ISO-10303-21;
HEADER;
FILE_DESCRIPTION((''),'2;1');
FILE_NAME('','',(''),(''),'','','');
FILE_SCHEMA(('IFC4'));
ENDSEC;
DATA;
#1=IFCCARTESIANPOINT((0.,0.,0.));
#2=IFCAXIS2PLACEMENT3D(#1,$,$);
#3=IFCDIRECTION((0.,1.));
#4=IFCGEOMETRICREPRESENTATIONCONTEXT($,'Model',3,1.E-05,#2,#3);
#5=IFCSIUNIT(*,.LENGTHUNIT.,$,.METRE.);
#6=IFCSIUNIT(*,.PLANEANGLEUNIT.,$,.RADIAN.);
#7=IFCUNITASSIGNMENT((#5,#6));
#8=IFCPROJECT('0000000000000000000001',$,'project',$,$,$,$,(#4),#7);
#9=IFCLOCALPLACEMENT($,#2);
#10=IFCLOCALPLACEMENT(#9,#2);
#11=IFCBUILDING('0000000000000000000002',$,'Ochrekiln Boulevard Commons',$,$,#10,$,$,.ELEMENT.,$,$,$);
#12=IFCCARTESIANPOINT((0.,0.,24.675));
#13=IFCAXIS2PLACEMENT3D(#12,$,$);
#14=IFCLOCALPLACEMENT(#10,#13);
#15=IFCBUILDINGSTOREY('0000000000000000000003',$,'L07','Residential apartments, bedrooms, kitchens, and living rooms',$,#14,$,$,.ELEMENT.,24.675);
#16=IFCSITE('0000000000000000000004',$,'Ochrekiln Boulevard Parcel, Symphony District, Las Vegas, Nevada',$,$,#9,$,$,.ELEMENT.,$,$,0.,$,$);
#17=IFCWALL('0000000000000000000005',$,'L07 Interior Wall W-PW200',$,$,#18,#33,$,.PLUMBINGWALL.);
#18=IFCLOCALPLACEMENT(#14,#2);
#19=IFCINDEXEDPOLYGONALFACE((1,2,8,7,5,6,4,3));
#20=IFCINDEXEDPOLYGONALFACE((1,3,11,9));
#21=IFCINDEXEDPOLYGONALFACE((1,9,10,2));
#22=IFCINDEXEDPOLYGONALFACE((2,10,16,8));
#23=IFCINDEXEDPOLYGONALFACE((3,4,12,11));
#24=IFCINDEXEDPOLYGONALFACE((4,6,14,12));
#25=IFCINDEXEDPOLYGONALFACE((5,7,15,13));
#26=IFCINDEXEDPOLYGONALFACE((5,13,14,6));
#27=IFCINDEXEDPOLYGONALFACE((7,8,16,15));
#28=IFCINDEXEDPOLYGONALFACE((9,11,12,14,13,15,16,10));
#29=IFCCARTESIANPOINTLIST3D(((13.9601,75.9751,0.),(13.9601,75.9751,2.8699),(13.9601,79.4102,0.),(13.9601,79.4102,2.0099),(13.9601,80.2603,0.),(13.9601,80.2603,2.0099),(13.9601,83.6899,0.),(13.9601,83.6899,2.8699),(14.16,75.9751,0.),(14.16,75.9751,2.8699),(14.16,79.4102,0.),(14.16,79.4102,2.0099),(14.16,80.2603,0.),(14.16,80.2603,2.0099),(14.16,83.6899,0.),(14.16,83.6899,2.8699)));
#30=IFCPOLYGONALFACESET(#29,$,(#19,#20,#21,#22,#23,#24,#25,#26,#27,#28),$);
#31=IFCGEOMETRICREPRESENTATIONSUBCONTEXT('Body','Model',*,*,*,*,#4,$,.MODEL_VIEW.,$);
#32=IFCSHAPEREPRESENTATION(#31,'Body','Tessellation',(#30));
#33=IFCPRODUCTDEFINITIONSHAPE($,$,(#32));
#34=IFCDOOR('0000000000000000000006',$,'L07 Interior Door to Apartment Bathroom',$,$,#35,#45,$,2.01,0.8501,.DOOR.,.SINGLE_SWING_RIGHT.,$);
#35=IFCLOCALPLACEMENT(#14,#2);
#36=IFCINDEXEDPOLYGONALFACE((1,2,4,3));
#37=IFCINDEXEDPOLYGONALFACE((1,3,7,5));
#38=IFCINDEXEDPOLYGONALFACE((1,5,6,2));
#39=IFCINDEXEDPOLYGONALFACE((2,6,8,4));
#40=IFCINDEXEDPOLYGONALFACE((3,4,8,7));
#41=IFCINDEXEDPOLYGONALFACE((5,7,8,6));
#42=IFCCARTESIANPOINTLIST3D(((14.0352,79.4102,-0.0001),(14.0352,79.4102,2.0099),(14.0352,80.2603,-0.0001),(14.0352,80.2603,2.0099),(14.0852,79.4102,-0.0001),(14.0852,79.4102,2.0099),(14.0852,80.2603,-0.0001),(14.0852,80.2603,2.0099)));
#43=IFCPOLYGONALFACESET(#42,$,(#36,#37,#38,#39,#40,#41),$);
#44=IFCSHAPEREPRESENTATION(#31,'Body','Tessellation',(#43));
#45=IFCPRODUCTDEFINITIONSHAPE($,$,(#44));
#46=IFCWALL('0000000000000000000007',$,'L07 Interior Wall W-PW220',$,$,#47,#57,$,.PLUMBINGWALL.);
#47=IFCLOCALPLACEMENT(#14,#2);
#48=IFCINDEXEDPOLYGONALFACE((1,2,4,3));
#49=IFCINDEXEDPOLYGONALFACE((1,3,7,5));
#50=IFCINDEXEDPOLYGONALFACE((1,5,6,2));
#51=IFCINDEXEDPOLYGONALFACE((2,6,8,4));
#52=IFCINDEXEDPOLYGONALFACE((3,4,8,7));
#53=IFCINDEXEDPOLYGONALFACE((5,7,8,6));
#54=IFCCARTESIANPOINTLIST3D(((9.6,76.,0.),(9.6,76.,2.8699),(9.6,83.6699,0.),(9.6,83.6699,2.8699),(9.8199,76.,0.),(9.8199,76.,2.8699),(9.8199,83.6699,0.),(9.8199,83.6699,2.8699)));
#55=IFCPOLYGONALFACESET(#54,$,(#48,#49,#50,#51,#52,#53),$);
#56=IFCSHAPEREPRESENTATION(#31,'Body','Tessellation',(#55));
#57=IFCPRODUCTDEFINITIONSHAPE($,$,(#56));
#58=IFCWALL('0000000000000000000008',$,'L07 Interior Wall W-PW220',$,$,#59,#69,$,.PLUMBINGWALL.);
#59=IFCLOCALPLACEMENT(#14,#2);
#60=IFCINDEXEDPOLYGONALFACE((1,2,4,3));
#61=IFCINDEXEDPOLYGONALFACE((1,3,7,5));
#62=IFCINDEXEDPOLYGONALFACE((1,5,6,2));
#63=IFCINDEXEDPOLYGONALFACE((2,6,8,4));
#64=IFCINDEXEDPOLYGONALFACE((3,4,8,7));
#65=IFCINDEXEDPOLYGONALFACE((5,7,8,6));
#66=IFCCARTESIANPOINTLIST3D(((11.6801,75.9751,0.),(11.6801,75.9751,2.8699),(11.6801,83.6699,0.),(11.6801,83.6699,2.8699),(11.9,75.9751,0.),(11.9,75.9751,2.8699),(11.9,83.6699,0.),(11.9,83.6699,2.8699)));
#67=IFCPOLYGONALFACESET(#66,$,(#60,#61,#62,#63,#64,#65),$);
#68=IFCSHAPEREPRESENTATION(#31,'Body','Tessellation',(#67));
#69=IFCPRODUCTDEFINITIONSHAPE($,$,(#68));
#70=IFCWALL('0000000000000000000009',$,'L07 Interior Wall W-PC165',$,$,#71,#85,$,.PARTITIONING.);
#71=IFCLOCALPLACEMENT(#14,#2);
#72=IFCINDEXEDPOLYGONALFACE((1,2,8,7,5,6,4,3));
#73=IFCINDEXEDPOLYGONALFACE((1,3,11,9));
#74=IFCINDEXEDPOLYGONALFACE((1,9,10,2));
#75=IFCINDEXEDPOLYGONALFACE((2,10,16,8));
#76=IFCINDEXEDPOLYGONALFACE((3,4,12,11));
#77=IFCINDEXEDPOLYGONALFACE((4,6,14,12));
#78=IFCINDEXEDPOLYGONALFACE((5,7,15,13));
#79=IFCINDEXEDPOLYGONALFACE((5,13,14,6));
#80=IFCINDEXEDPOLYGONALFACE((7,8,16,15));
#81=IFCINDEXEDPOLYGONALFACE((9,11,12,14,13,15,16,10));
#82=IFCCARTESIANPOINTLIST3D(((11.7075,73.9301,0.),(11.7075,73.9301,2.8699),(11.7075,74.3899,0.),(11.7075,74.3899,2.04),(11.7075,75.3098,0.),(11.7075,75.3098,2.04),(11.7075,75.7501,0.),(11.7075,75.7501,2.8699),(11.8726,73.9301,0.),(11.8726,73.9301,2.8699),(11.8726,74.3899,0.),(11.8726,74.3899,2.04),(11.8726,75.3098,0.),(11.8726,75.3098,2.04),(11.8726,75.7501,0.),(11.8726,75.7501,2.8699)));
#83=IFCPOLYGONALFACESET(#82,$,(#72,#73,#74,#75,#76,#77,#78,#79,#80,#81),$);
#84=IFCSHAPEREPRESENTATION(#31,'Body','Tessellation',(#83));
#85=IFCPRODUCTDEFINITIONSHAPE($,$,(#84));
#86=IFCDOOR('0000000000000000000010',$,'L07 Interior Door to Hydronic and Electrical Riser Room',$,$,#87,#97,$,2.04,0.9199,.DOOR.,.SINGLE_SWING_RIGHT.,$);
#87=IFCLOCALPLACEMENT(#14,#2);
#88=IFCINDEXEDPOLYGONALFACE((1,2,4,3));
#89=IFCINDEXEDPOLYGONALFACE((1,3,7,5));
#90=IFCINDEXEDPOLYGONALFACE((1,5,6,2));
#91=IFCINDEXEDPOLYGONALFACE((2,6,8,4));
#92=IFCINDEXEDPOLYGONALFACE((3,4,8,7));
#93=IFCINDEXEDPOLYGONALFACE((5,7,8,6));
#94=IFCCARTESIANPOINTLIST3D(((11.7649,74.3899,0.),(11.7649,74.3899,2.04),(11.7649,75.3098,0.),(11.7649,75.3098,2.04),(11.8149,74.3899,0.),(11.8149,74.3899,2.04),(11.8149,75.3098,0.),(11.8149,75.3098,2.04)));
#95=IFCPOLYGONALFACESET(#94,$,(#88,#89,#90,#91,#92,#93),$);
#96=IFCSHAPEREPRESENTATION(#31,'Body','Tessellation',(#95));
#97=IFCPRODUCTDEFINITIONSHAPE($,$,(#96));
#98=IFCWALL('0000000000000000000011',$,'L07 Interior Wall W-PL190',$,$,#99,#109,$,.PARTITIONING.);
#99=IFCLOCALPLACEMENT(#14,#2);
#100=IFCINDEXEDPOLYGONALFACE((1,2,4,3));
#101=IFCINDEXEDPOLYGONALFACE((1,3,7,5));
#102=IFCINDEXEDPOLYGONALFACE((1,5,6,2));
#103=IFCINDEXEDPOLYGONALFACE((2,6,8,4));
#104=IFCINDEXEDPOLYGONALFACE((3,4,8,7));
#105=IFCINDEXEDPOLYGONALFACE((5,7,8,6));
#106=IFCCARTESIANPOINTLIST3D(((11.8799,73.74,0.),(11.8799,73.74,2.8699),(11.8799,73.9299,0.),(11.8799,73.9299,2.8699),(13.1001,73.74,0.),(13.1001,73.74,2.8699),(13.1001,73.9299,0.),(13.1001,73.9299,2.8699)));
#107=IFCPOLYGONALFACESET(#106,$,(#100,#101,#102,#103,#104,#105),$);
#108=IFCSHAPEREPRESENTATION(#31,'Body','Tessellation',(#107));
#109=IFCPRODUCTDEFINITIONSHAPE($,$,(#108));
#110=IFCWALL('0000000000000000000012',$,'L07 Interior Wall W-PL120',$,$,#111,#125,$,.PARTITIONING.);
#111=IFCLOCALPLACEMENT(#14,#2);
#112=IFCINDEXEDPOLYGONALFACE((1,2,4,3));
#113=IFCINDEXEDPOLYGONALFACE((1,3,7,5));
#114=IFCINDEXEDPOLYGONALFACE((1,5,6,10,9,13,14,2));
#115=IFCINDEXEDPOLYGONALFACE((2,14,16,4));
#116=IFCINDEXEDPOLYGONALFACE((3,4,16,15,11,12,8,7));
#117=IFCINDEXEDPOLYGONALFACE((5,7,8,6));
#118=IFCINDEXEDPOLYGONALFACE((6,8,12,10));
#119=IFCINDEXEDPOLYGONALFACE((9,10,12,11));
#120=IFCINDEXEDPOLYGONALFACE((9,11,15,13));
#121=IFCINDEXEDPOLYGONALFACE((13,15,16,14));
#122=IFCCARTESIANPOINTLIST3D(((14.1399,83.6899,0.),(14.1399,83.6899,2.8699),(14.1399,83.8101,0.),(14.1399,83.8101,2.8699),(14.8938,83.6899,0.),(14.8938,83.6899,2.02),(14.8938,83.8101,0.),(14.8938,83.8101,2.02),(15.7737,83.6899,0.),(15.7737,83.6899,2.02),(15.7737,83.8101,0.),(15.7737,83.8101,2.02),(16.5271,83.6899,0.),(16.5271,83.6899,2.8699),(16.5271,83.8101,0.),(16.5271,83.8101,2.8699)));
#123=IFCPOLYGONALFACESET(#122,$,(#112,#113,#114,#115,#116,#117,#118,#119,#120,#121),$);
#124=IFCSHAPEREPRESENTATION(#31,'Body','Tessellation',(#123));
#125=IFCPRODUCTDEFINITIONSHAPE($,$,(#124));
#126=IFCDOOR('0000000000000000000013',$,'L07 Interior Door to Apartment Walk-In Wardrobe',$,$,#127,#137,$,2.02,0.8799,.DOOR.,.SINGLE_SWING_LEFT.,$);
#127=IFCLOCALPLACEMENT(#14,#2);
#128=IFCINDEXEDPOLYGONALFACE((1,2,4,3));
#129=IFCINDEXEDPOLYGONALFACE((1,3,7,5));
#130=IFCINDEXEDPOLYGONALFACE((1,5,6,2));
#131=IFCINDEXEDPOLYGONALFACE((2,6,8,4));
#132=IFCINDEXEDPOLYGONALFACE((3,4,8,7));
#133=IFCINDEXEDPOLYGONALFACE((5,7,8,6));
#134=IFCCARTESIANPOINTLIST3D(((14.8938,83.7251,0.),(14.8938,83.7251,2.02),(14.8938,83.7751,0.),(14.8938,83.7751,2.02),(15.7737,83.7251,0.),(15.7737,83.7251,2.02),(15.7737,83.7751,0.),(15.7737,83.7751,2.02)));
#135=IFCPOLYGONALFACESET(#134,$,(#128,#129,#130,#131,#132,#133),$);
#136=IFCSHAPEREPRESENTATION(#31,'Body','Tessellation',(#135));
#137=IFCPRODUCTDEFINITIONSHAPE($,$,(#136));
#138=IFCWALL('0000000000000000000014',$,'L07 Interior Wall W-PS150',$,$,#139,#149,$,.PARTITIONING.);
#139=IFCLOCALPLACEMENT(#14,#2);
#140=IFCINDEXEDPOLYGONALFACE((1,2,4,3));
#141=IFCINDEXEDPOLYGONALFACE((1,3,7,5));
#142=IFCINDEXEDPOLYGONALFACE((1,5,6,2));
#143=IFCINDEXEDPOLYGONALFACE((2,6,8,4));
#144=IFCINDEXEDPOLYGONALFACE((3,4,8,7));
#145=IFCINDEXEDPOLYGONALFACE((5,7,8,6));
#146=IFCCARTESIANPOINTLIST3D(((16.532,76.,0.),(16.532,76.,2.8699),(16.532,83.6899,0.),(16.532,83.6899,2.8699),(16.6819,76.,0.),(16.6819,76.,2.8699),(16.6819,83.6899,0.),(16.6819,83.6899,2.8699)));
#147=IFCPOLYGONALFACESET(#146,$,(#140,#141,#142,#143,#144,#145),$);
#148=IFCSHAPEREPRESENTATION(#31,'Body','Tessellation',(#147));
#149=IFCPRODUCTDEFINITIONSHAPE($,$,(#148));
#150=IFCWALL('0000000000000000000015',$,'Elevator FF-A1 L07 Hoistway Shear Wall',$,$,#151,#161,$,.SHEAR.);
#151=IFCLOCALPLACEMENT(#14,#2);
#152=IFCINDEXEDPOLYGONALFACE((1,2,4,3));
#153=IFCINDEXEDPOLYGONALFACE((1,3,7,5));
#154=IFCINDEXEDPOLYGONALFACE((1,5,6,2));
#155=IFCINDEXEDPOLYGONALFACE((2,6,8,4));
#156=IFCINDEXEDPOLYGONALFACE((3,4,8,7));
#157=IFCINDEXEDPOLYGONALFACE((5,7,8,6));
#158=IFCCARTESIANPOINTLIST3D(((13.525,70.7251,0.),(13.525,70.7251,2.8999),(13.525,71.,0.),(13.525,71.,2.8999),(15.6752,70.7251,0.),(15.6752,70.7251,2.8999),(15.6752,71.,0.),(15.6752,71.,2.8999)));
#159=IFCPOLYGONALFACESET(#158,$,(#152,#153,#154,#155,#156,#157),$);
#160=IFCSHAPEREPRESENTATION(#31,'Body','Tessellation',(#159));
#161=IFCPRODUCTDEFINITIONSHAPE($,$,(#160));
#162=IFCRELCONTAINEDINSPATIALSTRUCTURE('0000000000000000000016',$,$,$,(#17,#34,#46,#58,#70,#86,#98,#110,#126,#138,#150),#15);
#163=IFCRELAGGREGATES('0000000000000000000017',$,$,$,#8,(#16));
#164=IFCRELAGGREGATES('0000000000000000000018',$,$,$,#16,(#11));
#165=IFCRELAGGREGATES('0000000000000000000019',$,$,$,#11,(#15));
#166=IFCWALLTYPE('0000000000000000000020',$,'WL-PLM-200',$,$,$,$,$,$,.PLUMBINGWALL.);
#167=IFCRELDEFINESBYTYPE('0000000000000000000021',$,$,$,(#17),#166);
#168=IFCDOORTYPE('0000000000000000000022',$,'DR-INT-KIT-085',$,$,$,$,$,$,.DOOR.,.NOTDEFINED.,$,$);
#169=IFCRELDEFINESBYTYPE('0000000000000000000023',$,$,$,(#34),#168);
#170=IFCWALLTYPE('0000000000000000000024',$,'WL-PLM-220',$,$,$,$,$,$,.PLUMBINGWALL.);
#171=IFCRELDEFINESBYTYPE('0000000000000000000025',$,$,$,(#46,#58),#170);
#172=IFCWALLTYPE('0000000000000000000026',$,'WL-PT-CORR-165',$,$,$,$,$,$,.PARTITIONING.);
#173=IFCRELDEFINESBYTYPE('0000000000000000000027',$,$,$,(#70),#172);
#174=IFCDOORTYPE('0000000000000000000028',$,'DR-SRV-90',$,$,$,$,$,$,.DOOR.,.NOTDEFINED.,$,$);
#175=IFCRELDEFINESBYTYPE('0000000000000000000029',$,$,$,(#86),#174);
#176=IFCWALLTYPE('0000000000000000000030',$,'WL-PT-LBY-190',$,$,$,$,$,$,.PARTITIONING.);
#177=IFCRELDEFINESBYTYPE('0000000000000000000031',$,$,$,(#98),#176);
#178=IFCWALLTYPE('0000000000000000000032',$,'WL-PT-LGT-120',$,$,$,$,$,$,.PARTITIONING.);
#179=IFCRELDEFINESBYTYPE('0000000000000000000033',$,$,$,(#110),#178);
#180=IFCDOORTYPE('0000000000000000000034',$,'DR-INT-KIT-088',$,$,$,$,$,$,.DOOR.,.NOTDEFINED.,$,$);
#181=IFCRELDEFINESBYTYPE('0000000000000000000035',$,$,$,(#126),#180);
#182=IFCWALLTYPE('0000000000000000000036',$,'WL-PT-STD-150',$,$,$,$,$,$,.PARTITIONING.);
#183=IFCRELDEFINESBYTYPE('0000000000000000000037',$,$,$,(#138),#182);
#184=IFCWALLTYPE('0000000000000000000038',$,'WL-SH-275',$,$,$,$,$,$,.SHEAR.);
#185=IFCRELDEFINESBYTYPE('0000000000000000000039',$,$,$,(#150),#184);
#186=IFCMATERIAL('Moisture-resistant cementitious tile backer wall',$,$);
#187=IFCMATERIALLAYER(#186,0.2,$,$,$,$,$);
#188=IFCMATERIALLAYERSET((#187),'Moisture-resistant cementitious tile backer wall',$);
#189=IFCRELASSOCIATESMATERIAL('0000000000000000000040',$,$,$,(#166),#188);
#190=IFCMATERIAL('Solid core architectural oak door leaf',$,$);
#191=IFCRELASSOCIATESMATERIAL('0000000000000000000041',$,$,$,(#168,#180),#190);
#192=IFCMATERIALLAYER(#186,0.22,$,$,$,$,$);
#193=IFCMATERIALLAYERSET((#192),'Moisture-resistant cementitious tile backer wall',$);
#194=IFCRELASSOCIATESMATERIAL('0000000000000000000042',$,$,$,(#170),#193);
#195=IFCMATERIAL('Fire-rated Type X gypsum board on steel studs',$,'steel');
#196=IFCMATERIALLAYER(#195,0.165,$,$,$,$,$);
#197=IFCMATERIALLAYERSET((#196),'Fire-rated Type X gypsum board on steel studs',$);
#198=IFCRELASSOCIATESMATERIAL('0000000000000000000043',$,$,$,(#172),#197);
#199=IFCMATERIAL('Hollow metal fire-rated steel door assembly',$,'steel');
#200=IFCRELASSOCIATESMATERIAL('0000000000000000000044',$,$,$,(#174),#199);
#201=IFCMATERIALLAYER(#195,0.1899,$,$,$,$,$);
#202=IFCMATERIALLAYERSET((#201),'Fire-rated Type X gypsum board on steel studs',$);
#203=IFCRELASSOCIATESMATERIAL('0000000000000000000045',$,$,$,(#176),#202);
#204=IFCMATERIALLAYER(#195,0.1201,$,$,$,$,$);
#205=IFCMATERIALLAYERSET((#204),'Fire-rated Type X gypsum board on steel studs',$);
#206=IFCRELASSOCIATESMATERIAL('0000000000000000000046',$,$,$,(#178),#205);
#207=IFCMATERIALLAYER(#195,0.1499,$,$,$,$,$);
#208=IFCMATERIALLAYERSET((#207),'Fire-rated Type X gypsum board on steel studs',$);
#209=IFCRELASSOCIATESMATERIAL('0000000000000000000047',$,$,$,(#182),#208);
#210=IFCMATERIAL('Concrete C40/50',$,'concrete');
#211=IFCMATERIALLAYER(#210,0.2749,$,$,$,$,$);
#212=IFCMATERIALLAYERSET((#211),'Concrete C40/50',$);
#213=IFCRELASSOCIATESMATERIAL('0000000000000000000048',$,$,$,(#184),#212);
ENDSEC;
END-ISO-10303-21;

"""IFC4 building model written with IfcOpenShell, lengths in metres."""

from ifc_helpers import new_model, si_unit, direction, frame, frame_2d, origin, place, context, subcontext, project, spatial, rectangle, extrude, material, layer, layer_set, type_object, element, fill, save


model = new_model("IFC4")

# Units and contexts
model_context = context("Model", 3, precision=1e-05, world=origin(), true_north=direction((0.0, 1.0)))
body_context = subcontext(model_context, "Body", "Model", "MODEL_VIEW")
ifc_project = project(units=[si_unit("LENGTHUNIT", "METRE"), si_unit("PLANEANGLEUNIT", "RADIAN")], contexts=[model_context])

# Site, building, storey
site_placement = place(None, origin())
site = spatial("IfcSite", under=ifc_project, at=site_placement, Name="Ochrekiln Boulevard Parcel, Symphony District, Las Vegas, Nevada", CompositionType="ELEMENT", RefElevation=0.0)
building_placement = place(site_placement, origin())
building = spatial("IfcBuilding", under=site, at=building_placement, Name="Ochrekiln Boulevard Commons", CompositionType="ELEMENT")
storey_placement = place(building_placement, frame((0.0, 0.0, 24.675)))
storey = spatial("IfcBuildingStorey", under=building, at=storey_placement, Name="L07", Description="Residential apartments, bedrooms, kitchens, and living rooms", CompositionType="ELEMENT", Elevation=24.675)

# Shared definitions
ifc_material_1 = material(Name="Concrete C40/50", Category="concrete")

# Shared definitions
ifc_material_2 = material(Name="Moisture-resistant cementitious tile backer wall")
ifc_layer_1 = layer(ifc_material_2, 0.2)
ifc_layer_set_1 = layer_set([ifc_layer_1], Name="Moisture-resistant cementitious tile backer wall")
wall_type_1 = type_object("IfcWallType", Name="WL-PLM-200", PredefinedType="PLUMBINGWALL", material=ifc_layer_set_1)

# Wall, opening, door
ifc_material_3 = material(Name="Solid core architectural oak door leaf")
wall_1_placement = place(storey_placement, frame((14.0601, 75.9751, 0.0), z_axis=(0.0, 0.0, 1.0), x_axis=(0.0, 1.0, 0.0)))
wall_1 = element("IfcWall", 1, at=wall_1_placement, inside=storey, type_object=wall_type_1, Name="L07 Interior Wall W-PW200", PredefinedType="PLUMBINGWALL", context=body_context, shape_type="SweptSolid", body=[
    extrude(rectangle(XDim=7.7148, YDim=0.2, at=frame_2d((3.8574, 0.0))), origin(), (0.0, 0.0, 1.0), 2.8699),
])
opening_1_placement = place(wall_1_placement, frame((3.4351, 0.0, 0.0)))
opening_1 = element("IfcOpeningElement", 2, at=opening_1_placement, cuts=wall_1, PredefinedType="OPENING", context=body_context, shape_type="SweptSolid", body=[
    extrude(rectangle(XDim=0.8501, YDim=2.01, at=frame_2d((0.425, 1.0049))), frame((0.0, 0.1099, 0.0), z_axis=(0.0, -1.0, 0.0), x_axis=(1.0, 0.0, 0.0)), (0.0, 0.0, 1.0), 0.22),
])
door_type_1 = type_object("IfcDoorType", Name="DR-INT-KIT-085", OperationType="NOTDEFINED", PredefinedType="DOOR", material=ifc_material_3)
door_1_placement = place(opening_1_placement, origin())
door_1 = element("IfcDoor", 3, at=door_1_placement, inside=storey, type_object=door_type_1, Name="L07 Interior Door to Apartment Bathroom", OperationType="SINGLE_SWING_RIGHT", OverallHeight=2.01, OverallWidth=0.8501, PredefinedType="DOOR", context=body_context, shape_type="SweptSolid", body=[
    extrude(rectangle(XDim=0.8501, YDim=2.01, at=frame_2d((0.425, 1.0049))), frame((0.0, 0.0249, 0.0), z_axis=(0.0, -1.0, 0.0), x_axis=(1.0, 0.0, 0.0)), (0.0, 0.0, 1.0), 0.05),
])
fill(opening_1, door_1)

# Walls
ifc_layer_2 = layer(ifc_material_2, 0.22)
ifc_layer_set_2 = layer_set([ifc_layer_2], Name="Moisture-resistant cementitious tile backer wall")
wall_type_2 = type_object("IfcWallType", Name="WL-PLM-220", PredefinedType="PLUMBINGWALL", material=ifc_layer_set_2)
wall_2_placement = place(storey_placement, frame((9.71, 76.0, 0.0), z_axis=(0.0, 0.0, 1.0), x_axis=(0.0, 1.0, 0.0)))
element("IfcWall", 4, at=wall_2_placement, inside=storey, type_object=wall_type_2, Name="L07 Interior Wall W-PW220", PredefinedType="PLUMBINGWALL", context=body_context, shape_type="SweptSolid", body=[
    extrude(rectangle(XDim=7.6699, YDim=0.22, at=frame_2d((3.835, 0.0))), origin(), (0.0, 0.0, 1.0), 2.8699),
])
wall_3_placement = place(storey_placement, frame((11.79, 75.9751, 0.0), z_axis=(0.0, 0.0, 1.0), x_axis=(0.0, 1.0, 0.0)))
element("IfcWall", 5, at=wall_3_placement, inside=storey, type_object=wall_type_2, Name="L07 Interior Wall W-PW220", PredefinedType="PLUMBINGWALL", context=body_context, shape_type="SweptSolid", body=[
    extrude(rectangle(XDim=7.6948, YDim=0.22, at=frame_2d((3.8474, 0.0))), origin(), (0.0, 0.0, 1.0), 2.8699),
])

# Wall, opening, door
ifc_material_4 = material(Name="Fire-rated Type X gypsum board on steel studs", Category="steel")
ifc_layer_3 = layer(ifc_material_4, 0.165)
ifc_layer_set_3 = layer_set([ifc_layer_3], Name="Fire-rated Type X gypsum board on steel studs")
wall_type_3 = type_object("IfcWallType", Name="WL-PT-CORR-165", PredefinedType="PARTITIONING", material=ifc_layer_set_3)
wall_4_placement = place(storey_placement, frame((11.79, 73.9299, 0.0), z_axis=(0.0, 0.0, 1.0), x_axis=(0.0, 1.0, 0.0)))
wall_4 = element("IfcWall", 6, at=wall_4_placement, inside=storey, type_object=wall_type_3, Name="L07 Interior Wall W-PC165", PredefinedType="PARTITIONING", context=body_context, shape_type="SweptSolid", body=[
    extrude(rectangle(XDim=1.8201, YDim=0.165, at=frame_2d((0.9102, 0.0))), origin(), (0.0, 0.0, 1.0), 2.8699),
])
opening_2_placement = place(wall_4_placement, frame((0.46, 0.0, 0.0)))
opening_2 = element("IfcOpeningElement", 7, at=opening_2_placement, cuts=wall_4, PredefinedType="OPENING", context=body_context, shape_type="SweptSolid", body=[
    extrude(rectangle(XDim=0.9199, YDim=2.04, at=frame_2d((0.46, 1.02))), frame((0.0, 0.0925, 0.0), z_axis=(0.0, -1.0, 0.0), x_axis=(1.0, 0.0, 0.0)), (0.0, 0.0, 1.0), 0.1851),
])
ifc_material_5 = material(Name="Hollow metal fire-rated steel door assembly", Category="steel")
door_type_2 = type_object("IfcDoorType", Name="DR-SRV-90", OperationType="NOTDEFINED", PredefinedType="DOOR", material=ifc_material_5)
door_2_placement = place(opening_2_placement, frame((0.9199, 0.0, 0.0), z_axis=(0.0, 0.0, 1.0), x_axis=(-1.0, 0.0, 0.0)))
door_2 = element("IfcDoor", 8, at=door_2_placement, inside=storey, type_object=door_type_2, Name="L07 Interior Door to Hydronic and Electrical Riser Room", OperationType="SINGLE_SWING_RIGHT", OverallHeight=2.04, OverallWidth=0.9199, PredefinedType="DOOR", context=body_context, shape_type="SweptSolid", body=[
    extrude(rectangle(XDim=0.9199, YDim=2.04, at=frame_2d((0.46, 1.02))), frame((0.0, 0.0249, 0.0), z_axis=(0.0, -1.0, 0.0), x_axis=(1.0, 0.0, 0.0)), (0.0, 0.0, 1.0), 0.05),
])
fill(opening_2, door_2)

# Wall
ifc_layer_4 = layer(ifc_material_4, 0.1899)
ifc_layer_set_4 = layer_set([ifc_layer_4], Name="Fire-rated Type X gypsum board on steel studs")
wall_type_4 = type_object("IfcWallType", Name="WL-PT-LBY-190", PredefinedType="PARTITIONING", material=ifc_layer_set_4)
wall_5_placement = place(storey_placement, frame((11.8799, 73.835, 0.0), z_axis=(0.0, 0.0, 1.0), x_axis=(1.0, 0.0, 0.0)))
element("IfcWall", 9, at=wall_5_placement, inside=storey, type_object=wall_type_4, Name="L07 Interior Wall W-PL190", PredefinedType="PARTITIONING", context=body_context, shape_type="SweptSolid", body=[
    extrude(rectangle(XDim=1.2202, YDim=0.1899, at=frame_2d((0.6101, 0.0))), origin(), (0.0, 0.0, 1.0), 2.8699),
])

# Wall, opening, door
ifc_layer_5 = layer(ifc_material_4, 0.1201)
ifc_layer_set_5 = layer_set([ifc_layer_5], Name="Fire-rated Type X gypsum board on steel studs")
wall_type_5 = type_object("IfcWallType", Name="WL-PT-LGT-120", PredefinedType="PARTITIONING", material=ifc_layer_set_5)
wall_6_placement = place(storey_placement, frame((14.1399, 83.75, 0.0), z_axis=(0.0, 0.0, 1.0), x_axis=(1.0, 0.0, 0.0)))
wall_6 = element("IfcWall", 10, at=wall_6_placement, inside=storey, type_object=wall_type_5, Name="L07 Interior Wall W-PL120", PredefinedType="PARTITIONING", context=body_context, shape_type="SweptSolid", body=[
    extrude(rectangle(XDim=2.3872, YDim=0.1201, at=frame_2d((1.1936, 0.0))), origin(), (0.0, 0.0, 1.0), 2.8699),
])
opening_3_placement = place(wall_6_placement, frame((0.7539, 0.0, 0.0)))
opening_3 = element("IfcOpeningElement", 11, at=opening_3_placement, cuts=wall_6, PredefinedType="OPENING", context=body_context, shape_type="SweptSolid", body=[
    extrude(rectangle(XDim=0.8799, YDim=2.02, at=frame_2d((0.4399, 1.01))), frame((0.0, 0.0701, 0.0), z_axis=(0.0, -1.0, 0.0), x_axis=(1.0, 0.0, 0.0)), (0.0, 0.0, 1.0), 0.1401),
])
door_type_3 = type_object("IfcDoorType", Name="DR-INT-KIT-088", OperationType="NOTDEFINED", PredefinedType="DOOR", material=ifc_material_3)
door_3_placement = place(opening_3_placement, frame((0.8799, 0.0, 0.0), z_axis=(0.0, 0.0, 1.0), x_axis=(-1.0, 0.0, 0.0)))
door_3 = element("IfcDoor", 12, at=door_3_placement, inside=storey, type_object=door_type_3, Name="L07 Interior Door to Apartment Walk-In Wardrobe", OperationType="SINGLE_SWING_LEFT", OverallHeight=2.02, OverallWidth=0.8799, PredefinedType="DOOR", context=body_context, shape_type="SweptSolid", body=[
    extrude(rectangle(XDim=0.8799, YDim=2.02, at=frame_2d((0.4399, 1.01))), frame((0.0, 0.0249, 0.0), z_axis=(0.0, -1.0, 0.0), x_axis=(1.0, 0.0, 0.0)), (0.0, 0.0, 1.0), 0.05),
])
fill(opening_3, door_3)

# Walls
ifc_layer_6 = layer(ifc_material_4, 0.1499)
ifc_layer_set_6 = layer_set([ifc_layer_6], Name="Fire-rated Type X gypsum board on steel studs")
wall_type_6 = type_object("IfcWallType", Name="WL-PT-STD-150", PredefinedType="PARTITIONING", material=ifc_layer_set_6)
wall_7_placement = place(storey_placement, frame((16.6069, 76.0, 0.0), z_axis=(0.0, 0.0, 1.0), x_axis=(0.0, 1.0, 0.0)))
element("IfcWall", 13, at=wall_7_placement, inside=storey, type_object=wall_type_6, Name="L07 Interior Wall W-PS150", PredefinedType="PARTITIONING", context=body_context, shape_type="SweptSolid", body=[
    extrude(rectangle(XDim=7.6899, YDim=0.1499, at=frame_2d((3.845, 0.0))), origin(), (0.0, 0.0, 1.0), 2.8699),
])
ifc_layer_7 = layer(ifc_material_1, 0.2749)
ifc_layer_set_7 = layer_set([ifc_layer_7], Name="Concrete C40/50")
wall_type_7 = type_object("IfcWallType", Name="WL-SH-275", PredefinedType="SHEAR", material=ifc_layer_set_7)
for number, where, z_axis, x_axis, name in (
    (14, (13.5249, 70.8625, 0.0), (0.0, 0.0, 1.0), (1.0, 0.0, 0.0), "Elevator FF-A1 L07 Hoistway Shear Wall"),
):
    element("IfcWall", number, at=place(storey_placement, frame(where, z_axis=z_axis, x_axis=x_axis)), inside=storey, type_object=wall_type_7, Name=name, PredefinedType="SHEAR", context=body_context, shape_type="SweptSolid", body=[
        extrude(rectangle(XDim=2.1501, YDim=0.2749, at=frame_2d((1.0752, 0.0))), origin(), (0.0, 0.0, 1.0), 2.8999),
    ])

save(model, "model.ifc")
